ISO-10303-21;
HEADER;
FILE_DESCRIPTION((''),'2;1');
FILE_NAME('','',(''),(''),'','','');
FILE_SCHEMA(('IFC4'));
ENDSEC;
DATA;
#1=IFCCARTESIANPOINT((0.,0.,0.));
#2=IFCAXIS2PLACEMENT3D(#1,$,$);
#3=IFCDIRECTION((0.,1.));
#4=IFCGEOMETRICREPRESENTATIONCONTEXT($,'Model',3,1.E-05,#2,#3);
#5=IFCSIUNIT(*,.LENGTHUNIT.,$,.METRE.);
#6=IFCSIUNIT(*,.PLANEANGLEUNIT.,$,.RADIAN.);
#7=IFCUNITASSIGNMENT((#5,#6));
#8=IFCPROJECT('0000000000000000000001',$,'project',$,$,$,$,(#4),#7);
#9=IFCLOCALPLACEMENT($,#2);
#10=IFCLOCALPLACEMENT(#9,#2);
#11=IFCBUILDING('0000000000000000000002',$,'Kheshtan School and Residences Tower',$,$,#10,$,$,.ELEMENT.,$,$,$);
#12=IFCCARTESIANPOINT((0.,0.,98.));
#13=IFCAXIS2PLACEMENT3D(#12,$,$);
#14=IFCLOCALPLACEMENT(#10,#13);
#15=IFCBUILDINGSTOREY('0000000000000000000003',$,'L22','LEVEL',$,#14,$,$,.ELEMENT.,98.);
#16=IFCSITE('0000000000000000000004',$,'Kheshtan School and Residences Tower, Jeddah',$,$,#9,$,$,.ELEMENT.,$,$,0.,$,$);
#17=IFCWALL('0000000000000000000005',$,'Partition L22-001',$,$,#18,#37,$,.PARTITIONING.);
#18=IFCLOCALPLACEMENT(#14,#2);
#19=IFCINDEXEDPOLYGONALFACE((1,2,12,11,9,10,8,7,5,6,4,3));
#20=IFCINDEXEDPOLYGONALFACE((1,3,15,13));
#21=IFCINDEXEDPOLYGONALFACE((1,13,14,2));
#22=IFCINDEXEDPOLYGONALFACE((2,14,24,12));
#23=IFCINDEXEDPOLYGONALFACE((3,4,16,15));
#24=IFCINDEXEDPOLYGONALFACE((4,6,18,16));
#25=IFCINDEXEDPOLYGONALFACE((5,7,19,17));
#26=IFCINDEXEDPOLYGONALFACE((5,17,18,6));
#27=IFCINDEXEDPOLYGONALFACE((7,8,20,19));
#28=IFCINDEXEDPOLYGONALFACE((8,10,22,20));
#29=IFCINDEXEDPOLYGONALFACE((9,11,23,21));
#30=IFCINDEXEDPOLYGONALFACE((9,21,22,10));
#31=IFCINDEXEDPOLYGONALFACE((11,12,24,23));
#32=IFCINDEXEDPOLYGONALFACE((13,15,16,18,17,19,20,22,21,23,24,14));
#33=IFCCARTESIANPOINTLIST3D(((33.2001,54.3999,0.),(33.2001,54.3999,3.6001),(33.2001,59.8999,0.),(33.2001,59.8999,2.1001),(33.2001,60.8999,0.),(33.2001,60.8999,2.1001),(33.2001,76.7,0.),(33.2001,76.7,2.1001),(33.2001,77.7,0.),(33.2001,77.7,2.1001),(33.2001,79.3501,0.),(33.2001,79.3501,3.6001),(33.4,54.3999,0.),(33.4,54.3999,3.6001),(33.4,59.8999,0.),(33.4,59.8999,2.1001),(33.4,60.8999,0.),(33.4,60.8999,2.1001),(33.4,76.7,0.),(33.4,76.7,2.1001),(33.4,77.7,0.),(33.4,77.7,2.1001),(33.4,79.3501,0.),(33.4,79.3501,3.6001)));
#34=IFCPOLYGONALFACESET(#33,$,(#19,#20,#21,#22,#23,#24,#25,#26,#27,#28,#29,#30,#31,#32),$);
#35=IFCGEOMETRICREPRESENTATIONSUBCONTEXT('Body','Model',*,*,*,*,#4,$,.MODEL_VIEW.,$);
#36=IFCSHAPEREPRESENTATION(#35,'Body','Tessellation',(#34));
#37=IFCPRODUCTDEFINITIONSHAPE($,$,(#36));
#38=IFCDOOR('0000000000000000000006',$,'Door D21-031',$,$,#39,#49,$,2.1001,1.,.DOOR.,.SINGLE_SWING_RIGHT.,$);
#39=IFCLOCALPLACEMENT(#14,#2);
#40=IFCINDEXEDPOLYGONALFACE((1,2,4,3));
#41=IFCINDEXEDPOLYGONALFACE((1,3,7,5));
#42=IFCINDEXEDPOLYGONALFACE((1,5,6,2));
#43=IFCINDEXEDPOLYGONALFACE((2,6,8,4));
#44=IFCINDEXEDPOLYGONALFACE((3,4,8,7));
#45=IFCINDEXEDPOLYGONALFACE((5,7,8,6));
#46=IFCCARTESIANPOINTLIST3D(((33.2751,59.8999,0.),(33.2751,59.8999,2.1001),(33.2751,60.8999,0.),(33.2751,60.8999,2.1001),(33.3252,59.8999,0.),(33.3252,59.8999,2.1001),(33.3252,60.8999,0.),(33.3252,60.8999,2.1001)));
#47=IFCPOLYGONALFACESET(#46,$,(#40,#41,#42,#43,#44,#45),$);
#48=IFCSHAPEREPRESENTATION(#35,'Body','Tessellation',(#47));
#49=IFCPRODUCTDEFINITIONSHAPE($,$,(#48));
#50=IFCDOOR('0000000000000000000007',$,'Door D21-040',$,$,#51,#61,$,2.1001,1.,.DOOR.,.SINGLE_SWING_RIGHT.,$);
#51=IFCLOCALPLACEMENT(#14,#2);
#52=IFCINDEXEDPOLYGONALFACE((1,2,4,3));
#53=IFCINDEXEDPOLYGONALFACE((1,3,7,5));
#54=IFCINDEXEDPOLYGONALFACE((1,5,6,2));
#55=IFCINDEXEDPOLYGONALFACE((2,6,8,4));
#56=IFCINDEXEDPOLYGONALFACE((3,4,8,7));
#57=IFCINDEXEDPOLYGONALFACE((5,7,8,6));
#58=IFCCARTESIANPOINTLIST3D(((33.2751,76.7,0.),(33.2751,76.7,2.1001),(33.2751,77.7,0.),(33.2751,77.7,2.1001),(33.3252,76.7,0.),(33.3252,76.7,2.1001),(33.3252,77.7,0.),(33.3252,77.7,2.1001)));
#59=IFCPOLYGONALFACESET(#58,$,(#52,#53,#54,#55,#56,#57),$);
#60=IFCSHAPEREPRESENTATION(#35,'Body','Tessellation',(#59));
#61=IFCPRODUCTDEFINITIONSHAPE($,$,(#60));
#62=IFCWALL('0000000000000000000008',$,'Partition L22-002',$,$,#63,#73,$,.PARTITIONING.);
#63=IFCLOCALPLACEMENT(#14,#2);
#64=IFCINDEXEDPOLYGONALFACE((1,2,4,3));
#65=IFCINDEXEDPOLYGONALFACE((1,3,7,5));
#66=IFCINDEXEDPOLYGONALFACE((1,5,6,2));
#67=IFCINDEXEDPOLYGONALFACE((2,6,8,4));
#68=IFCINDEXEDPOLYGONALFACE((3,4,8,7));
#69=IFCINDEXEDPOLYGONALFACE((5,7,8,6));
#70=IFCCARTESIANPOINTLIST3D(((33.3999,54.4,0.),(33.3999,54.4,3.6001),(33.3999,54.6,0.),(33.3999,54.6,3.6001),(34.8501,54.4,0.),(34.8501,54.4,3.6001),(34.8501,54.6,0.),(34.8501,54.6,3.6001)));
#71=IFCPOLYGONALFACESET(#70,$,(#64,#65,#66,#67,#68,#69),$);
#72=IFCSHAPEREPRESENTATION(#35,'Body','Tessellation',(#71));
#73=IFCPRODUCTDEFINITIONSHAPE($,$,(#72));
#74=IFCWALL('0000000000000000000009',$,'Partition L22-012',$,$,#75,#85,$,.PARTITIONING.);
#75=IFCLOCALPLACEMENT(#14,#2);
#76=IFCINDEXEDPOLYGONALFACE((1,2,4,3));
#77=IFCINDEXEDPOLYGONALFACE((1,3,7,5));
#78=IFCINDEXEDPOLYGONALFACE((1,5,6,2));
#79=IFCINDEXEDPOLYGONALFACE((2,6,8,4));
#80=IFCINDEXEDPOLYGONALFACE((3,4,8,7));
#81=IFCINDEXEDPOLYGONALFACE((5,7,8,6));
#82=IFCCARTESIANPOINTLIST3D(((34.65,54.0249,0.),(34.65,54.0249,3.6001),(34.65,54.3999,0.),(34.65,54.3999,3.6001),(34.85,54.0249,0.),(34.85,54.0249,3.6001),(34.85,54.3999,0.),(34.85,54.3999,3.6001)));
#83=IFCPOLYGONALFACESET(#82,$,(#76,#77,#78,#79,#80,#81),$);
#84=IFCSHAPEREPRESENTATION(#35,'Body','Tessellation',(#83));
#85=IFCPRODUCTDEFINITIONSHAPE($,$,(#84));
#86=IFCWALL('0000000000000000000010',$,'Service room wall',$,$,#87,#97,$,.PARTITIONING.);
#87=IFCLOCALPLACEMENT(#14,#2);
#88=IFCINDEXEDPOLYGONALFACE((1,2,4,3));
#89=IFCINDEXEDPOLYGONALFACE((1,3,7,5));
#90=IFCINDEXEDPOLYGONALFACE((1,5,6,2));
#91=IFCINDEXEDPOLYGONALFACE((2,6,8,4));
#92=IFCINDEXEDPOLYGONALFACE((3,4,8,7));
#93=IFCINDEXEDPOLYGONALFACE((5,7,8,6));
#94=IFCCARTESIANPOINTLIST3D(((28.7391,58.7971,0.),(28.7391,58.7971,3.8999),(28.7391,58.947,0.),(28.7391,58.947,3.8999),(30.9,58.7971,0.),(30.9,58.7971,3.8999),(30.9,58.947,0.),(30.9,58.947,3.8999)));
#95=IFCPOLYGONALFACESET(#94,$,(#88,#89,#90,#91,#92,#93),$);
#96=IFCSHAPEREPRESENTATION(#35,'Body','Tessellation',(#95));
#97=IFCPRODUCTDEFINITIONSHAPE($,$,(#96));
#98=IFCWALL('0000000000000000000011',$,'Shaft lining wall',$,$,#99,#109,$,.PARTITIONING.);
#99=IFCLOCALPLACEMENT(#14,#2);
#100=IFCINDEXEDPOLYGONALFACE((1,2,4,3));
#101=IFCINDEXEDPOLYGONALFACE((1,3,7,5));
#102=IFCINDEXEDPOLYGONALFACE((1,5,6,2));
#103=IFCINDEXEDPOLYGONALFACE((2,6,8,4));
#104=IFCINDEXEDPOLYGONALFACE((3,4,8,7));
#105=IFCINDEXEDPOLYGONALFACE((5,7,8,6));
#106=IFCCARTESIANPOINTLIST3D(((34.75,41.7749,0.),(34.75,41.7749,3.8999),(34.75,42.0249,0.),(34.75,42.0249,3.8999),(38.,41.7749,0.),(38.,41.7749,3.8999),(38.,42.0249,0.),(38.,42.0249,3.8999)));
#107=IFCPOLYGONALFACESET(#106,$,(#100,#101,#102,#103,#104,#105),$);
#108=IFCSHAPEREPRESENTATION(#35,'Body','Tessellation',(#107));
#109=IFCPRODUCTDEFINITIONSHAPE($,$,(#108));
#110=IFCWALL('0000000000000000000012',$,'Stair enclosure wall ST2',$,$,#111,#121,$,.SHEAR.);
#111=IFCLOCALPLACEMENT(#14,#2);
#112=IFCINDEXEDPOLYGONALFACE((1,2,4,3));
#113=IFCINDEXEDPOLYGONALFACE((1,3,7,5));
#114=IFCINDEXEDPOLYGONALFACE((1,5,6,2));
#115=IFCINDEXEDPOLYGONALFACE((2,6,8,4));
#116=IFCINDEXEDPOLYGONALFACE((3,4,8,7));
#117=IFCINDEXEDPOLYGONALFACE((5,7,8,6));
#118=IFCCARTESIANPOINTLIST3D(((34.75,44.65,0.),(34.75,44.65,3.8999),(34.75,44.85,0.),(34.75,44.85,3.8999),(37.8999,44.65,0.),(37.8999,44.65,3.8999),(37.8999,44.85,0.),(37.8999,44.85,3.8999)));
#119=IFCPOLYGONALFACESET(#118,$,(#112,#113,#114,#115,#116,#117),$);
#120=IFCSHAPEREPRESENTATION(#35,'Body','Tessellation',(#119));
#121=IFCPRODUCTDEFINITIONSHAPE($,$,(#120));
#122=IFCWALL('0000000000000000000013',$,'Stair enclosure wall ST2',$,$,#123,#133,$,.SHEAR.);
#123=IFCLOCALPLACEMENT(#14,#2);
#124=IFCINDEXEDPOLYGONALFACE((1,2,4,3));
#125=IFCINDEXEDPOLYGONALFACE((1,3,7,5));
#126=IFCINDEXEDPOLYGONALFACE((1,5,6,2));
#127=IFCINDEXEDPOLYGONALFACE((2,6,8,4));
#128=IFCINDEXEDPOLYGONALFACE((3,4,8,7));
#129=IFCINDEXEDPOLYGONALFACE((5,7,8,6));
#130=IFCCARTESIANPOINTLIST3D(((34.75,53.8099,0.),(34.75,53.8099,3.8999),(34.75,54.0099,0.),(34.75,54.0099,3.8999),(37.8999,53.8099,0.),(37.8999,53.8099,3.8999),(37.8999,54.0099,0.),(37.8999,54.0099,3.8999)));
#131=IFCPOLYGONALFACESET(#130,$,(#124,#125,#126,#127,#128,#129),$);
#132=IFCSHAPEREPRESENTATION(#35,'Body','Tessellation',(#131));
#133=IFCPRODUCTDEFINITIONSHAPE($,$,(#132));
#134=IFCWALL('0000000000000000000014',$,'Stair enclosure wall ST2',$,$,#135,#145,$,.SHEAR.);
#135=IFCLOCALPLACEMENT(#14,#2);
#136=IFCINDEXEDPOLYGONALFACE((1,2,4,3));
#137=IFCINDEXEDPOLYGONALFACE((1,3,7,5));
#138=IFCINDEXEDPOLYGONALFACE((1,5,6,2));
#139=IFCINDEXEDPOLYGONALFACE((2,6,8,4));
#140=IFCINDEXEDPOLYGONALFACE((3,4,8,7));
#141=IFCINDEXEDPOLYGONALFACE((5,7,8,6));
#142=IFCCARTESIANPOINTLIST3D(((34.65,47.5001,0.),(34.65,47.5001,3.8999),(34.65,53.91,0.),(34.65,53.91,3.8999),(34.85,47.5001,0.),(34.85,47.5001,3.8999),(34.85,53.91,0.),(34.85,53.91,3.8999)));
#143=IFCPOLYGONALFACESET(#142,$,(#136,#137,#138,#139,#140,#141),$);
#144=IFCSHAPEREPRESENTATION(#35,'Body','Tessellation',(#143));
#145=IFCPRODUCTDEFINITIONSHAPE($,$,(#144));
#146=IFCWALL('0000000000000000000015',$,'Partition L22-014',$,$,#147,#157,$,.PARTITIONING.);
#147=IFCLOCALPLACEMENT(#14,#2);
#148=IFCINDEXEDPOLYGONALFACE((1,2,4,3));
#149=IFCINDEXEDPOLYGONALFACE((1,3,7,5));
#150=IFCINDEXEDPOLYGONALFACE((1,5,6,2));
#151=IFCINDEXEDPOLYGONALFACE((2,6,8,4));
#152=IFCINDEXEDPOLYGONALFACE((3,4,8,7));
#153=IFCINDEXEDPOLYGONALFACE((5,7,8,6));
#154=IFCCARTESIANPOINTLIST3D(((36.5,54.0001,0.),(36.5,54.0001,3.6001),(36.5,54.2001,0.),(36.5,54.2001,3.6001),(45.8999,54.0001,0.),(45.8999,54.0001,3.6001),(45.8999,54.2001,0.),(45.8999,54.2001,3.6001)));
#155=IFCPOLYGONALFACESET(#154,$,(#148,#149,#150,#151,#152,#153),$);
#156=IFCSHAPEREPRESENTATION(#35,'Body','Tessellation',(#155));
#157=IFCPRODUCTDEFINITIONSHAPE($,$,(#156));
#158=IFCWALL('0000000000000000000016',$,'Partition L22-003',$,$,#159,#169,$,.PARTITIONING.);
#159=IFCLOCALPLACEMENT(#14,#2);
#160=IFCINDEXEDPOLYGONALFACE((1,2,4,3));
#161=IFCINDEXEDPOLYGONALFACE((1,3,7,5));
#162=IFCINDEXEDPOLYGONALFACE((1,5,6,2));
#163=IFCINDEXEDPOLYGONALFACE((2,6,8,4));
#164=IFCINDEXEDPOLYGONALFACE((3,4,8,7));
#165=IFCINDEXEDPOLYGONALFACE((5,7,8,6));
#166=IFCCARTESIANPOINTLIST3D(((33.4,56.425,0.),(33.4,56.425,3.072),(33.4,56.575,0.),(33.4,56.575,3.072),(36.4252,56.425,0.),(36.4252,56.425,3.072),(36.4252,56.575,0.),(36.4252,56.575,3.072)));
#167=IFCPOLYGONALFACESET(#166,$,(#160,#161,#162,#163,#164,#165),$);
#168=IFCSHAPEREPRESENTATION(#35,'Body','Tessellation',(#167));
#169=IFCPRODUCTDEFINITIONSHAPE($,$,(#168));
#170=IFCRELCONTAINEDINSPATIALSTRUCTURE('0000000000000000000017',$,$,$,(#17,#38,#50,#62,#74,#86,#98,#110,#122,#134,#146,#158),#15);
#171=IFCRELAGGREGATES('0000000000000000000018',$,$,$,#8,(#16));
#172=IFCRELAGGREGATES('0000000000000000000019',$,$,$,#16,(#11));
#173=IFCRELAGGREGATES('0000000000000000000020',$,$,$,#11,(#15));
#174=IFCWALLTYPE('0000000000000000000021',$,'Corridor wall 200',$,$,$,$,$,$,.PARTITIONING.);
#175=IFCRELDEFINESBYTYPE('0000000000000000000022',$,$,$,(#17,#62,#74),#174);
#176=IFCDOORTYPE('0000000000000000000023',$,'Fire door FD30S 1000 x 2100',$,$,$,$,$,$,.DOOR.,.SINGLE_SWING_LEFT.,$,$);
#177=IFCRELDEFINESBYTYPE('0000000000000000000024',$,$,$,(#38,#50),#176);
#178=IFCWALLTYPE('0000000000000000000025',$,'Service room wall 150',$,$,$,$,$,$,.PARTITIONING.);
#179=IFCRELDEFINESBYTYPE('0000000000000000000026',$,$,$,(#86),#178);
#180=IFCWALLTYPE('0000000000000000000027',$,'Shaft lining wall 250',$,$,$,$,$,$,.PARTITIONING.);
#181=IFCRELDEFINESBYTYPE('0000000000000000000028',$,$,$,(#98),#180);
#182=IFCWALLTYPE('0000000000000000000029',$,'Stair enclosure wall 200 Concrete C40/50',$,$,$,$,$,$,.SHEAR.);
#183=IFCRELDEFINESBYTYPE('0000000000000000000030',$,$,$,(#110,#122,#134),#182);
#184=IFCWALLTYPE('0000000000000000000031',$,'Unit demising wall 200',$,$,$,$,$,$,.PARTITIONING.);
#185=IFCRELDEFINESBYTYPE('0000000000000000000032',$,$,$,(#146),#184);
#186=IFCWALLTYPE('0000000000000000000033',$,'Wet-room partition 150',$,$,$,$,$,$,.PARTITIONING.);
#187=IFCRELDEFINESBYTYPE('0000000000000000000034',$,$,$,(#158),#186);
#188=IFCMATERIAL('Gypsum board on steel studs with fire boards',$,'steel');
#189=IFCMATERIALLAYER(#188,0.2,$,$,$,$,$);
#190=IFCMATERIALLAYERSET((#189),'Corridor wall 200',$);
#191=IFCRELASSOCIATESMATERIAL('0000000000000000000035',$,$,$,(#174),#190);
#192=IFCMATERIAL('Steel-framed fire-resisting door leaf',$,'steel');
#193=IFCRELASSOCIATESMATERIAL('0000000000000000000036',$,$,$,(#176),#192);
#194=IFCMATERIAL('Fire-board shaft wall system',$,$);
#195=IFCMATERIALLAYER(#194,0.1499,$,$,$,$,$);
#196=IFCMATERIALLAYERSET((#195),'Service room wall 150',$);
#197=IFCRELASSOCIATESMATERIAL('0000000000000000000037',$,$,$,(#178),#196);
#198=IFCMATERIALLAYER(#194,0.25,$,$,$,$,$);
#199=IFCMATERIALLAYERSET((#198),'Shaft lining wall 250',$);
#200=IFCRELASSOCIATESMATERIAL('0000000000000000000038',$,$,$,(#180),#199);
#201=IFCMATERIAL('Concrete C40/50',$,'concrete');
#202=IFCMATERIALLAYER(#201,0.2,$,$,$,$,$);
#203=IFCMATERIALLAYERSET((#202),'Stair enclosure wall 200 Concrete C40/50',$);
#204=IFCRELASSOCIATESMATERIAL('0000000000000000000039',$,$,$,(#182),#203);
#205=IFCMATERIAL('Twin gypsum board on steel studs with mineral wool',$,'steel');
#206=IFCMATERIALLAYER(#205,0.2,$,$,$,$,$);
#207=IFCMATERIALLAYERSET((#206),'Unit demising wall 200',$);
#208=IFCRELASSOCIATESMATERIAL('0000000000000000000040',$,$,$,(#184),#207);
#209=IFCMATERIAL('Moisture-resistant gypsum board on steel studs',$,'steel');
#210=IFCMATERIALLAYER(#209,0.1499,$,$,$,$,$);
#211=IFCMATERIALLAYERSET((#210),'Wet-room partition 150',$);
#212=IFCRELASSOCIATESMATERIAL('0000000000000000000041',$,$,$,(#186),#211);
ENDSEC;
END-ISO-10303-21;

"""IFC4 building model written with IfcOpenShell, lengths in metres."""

from ifc_helpers import new_model, si_unit, direction, frame, frame_2d, origin, place, context, subcontext, project, spatial, rectangle, extrude, source, transform, mapped, material, layer, layer_set, type_object, element, fill, save


model = new_model("IFC4")

# Units and contexts
model_context = context("Model", 3, precision=1e-05, world=origin(), true_north=direction((0.0, 1.0)))
body_context = subcontext(model_context, "Body", "Model", "MODEL_VIEW")
ifc_project = project(units=[si_unit("LENGTHUNIT", "METRE"), si_unit("PLANEANGLEUNIT", "RADIAN")], contexts=[model_context])

# Site, building, storey
site_placement = place(None, origin())
site = spatial("IfcSite", under=ifc_project, at=site_placement, Name="Kheshtan School and Residences Tower, Jeddah", CompositionType="ELEMENT", RefElevation=0.0)
building_placement = place(site_placement, origin())
building = spatial("IfcBuilding", under=site, at=building_placement, Name="Kheshtan School and Residences Tower", CompositionType="ELEMENT")
storey_placement = place(building_placement, frame((0.0, 0.0, 98.0)))
storey = spatial("IfcBuildingStorey", under=building, at=storey_placement, Name="L22", Description="LEVEL", CompositionType="ELEMENT", Elevation=98.0)

# Wall, openings, doors
ifc_material_1 = material(Name="Gypsum board on steel studs with fire boards", Category="steel")
ifc_layer_1 = layer(ifc_material_1, 0.2)
ifc_layer_set_1 = layer_set([ifc_layer_1], Name="Corridor wall 200")
wall_type_1 = type_object("IfcWallType", Name="Corridor wall 200", PredefinedType="PARTITIONING", material=ifc_layer_set_1)
wall_1_placement = place(storey_placement, frame((33.3, 54.3999, 0.0), z_axis=(0.0, 0.0, 1.0), x_axis=(0.0, 1.0, 0.0)))
wall_1 = element("IfcWall", 1, at=wall_1_placement, inside=storey, type_object=wall_type_1, Name="Partition L22-001", PredefinedType="PARTITIONING", context=body_context, shape_type="SweptSolid", body=[
    extrude(rectangle(XDim=24.9502, YDim=0.2, at=frame_2d((12.4751, 0.0))), origin(), (0.0, 0.0, 1.0), 3.6001),
])
opening_1_placement = place(wall_1_placement, frame((5.5, 0.0, 0.0)))
opening_1 = element("IfcOpeningElement", 2, at=opening_1_placement, cuts=wall_1, PredefinedType="OPENING", context=body_context, shape_type="SweptSolid", body=[
    extrude(rectangle(XDim=1.0, YDim=2.1001, at=frame_2d((0.5, 1.05))), frame((0.0, 0.1099, 0.0), z_axis=(0.0, -1.0, 0.0), x_axis=(1.0, 0.0, 0.0)), (0.0, 0.0, 1.0), 0.22),
])
opening_2_placement = place(wall_1_placement, frame((22.3, 0.0, 0.0)))
opening_2 = element("IfcOpeningElement", 3, at=opening_2_placement, cuts=wall_1, PredefinedType="OPENING", context=body_context, shape_type="SweptSolid", body=[
    extrude(rectangle(XDim=1.0, YDim=2.1001, at=frame_2d((0.5, 1.05))), frame((0.0, 0.1099, 0.0), z_axis=(0.0, -1.0, 0.0), x_axis=(1.0, 0.0, 0.0)), (0.0, 0.0, 1.0), 0.22),
])
ifc_material_2 = material(Name="Steel-framed fire-resisting door leaf", Category="steel")
door_type = type_object("IfcDoorType", Name="Fire door FD30S 1000 x 2100", OperationType="SINGLE_SWING_LEFT", PredefinedType="DOOR", material=ifc_material_2)
shared_shape = source(origin(), body_context, "Body", "SweptSolid", [
    extrude(rectangle(XDim=1.0, YDim=2.1001, at=frame_2d((0.5, 1.05))), frame((0.0, 0.0249, 0.0), z_axis=(0.0, -1.0, 0.0), x_axis=(1.0, 0.0, 0.0)), (0.0, 0.0, 1.0), 0.05),
])
door_1_placement = place(opening_1_placement, origin())
door_1 = element("IfcDoor", 4, at=door_1_placement, inside=storey, type_object=door_type, Name="Door D21-031", OperationType="SINGLE_SWING_RIGHT", OverallHeight=2.1001, OverallWidth=1.0, PredefinedType="DOOR", context=body_context, shape_type="MappedRepresentation", body=[
    mapped(shared_shape, transform((0.0, 0.0, 0.0), x_axis=(1.0, 0.0, 0.0), y_axis=(0.0, 1.0, 0.0), z_axis=(0.0, 0.0, 1.0), scale=1.0)),
])
fill(opening_1, door_1)
door_2_placement = place(opening_2_placement, origin())
door_2 = element("IfcDoor", 5, at=door_2_placement, inside=storey, type_object=door_type, Name="Door D21-040", OperationType="SINGLE_SWING_RIGHT", OverallHeight=2.1001, OverallWidth=1.0, PredefinedType="DOOR", context=body_context, shape_type="MappedRepresentation", body=[
    mapped(shared_shape, transform((0.0, 0.0, 0.0), x_axis=(1.0, 0.0, 0.0), y_axis=(0.0, 1.0, 0.0), z_axis=(0.0, 0.0, 1.0), scale=1.0)),
])
fill(opening_2, door_2)

# Walls
wall_2_placement = place(storey_placement, frame((33.3999, 54.5, 0.0), z_axis=(0.0, 0.0, 1.0), x_axis=(1.0, 0.0, 0.0)))
element("IfcWall", 6, at=wall_2_placement, inside=storey, type_object=wall_type_1, Name="Partition L22-002", PredefinedType="PARTITIONING", context=body_context, shape_type="SweptSolid", body=[
    extrude(rectangle(XDim=1.4502, YDim=0.2, at=frame_2d((0.7251, 0.0))), origin(), (0.0, 0.0, 1.0), 3.6001),
])
wall_3_placement = place(storey_placement, frame((34.75, 54.0249, 0.0), z_axis=(0.0, 0.0, 1.0), x_axis=(0.0, 1.0, 0.0)))
element("IfcWall", 7, at=wall_3_placement, inside=storey, type_object=wall_type_1, Name="Partition L22-012", PredefinedType="PARTITIONING", context=body_context, shape_type="SweptSolid", body=[
    extrude(rectangle(XDim=0.375, YDim=0.2, at=frame_2d((0.1875, 0.0))), origin(), (0.0, 0.0, 1.0), 3.6001),
])
ifc_material_3 = material(Name="Fire-board shaft wall system")
ifc_layer_2 = layer(ifc_material_3, 0.1499)
ifc_layer_set_2 = layer_set([ifc_layer_2], Name="Service room wall 150")
wall_type_2 = type_object("IfcWallType", Name="Service room wall 150", PredefinedType="PARTITIONING", material=ifc_layer_set_2)
wall_4_placement = place(storey_placement, frame((28.739, 58.8721, 0.0), z_axis=(0.0, 0.0, 1.0), x_axis=(1.0, 0.0, 0.0)))
element("IfcWall", 8, at=wall_4_placement, inside=storey, type_object=wall_type_2, Name="Service room wall", PredefinedType="PARTITIONING", context=body_context, shape_type="SweptSolid", body=[
    extrude(rectangle(XDim=2.1609, YDim=0.1499, at=frame_2d((1.0806, 0.0))), origin(), (0.0, 0.0, 1.0), 3.8999),
])
ifc_layer_3 = layer(ifc_material_3, 0.25)
ifc_layer_set_3 = layer_set([ifc_layer_3], Name="Shaft lining wall 250")
wall_type_3 = type_object("IfcWallType", Name="Shaft lining wall 250", PredefinedType="PARTITIONING", material=ifc_layer_set_3)
wall_5_placement = place(storey_placement, frame((34.75, 41.8999, 0.0), z_axis=(0.0, 0.0, 1.0), x_axis=(1.0, 0.0, 0.0)))
element("IfcWall", 9, at=wall_5_placement, inside=storey, type_object=wall_type_3, Name="Shaft lining wall", PredefinedType="PARTITIONING", context=body_context, shape_type="SweptSolid", body=[
    extrude(rectangle(XDim=3.25, YDim=0.25, at=frame_2d((1.625, 0.0))), origin(), (0.0, 0.0, 1.0), 3.8999),
])
ifc_material_4 = material(Name="Concrete C40/50", Category="concrete")
ifc_layer_4 = layer(ifc_material_4, 0.2)
ifc_layer_set_4 = layer_set([ifc_layer_4], Name="Stair enclosure wall 200 Concrete C40/50")
wall_type_4 = type_object("IfcWallType", Name="Stair enclosure wall 200 Concrete C40/50", PredefinedType="SHEAR", material=ifc_layer_set_4)
for number, where, z_axis, x_axis, name in (
    (10, (34.75, 44.75, 0.0), (0.0, 0.0, 1.0), (1.0, 0.0, 0.0), "Stair enclosure wall ST2"),
    (11, (34.75, 53.9099, 0.0), (0.0, 0.0, 1.0), (1.0, 0.0, 0.0), "Stair enclosure wall ST2"),
):
    element("IfcWall", number, at=place(storey_placement, frame(where, z_axis=z_axis, x_axis=x_axis)), inside=storey, type_object=wall_type_4, Name=name, PredefinedType="SHEAR", context=body_context, shape_type="SweptSolid", body=[
        extrude(rectangle(XDim=3.1499, YDim=0.2, at=frame_2d((1.575, 0.0))), origin(), (0.0, 0.0, 1.0), 3.8999),
    ])
wall_6_placement = place(storey_placement, frame((34.75, 47.5, 0.0), z_axis=(0.0, 0.0, 1.0), x_axis=(0.0, 1.0, 0.0)))
element("IfcWall", 12, at=wall_6_placement, inside=storey, type_object=wall_type_4, Name="Stair enclosure wall ST2", PredefinedType="SHEAR", context=body_context, shape_type="SweptSolid", body=[
    extrude(rectangle(XDim=6.4099, YDim=0.2, at=frame_2d((3.2051, 0.0))), origin(), (0.0, 0.0, 1.0), 3.8999),
])
ifc_material_5 = material(Name="Twin gypsum board on steel studs with mineral wool", Category="steel")
ifc_layer_5 = layer(ifc_material_5, 0.2)
ifc_layer_set_5 = layer_set([ifc_layer_5], Name="Unit demising wall 200")
wall_type_5 = type_object("IfcWallType", Name="Unit demising wall 200", PredefinedType="PARTITIONING", material=ifc_layer_set_5)
wall_7_placement = place(storey_placement, frame((36.5, 54.1001, 0.0), z_axis=(0.0, 0.0, 1.0), x_axis=(1.0, 0.0, 0.0)))
element("IfcWall", 13, at=wall_7_placement, inside=storey, type_object=wall_type_5, Name="Partition L22-014", PredefinedType="PARTITIONING", context=body_context, shape_type="SweptSolid", body=[
    extrude(rectangle(XDim=9.3999, YDim=0.2, at=frame_2d((4.7, 0.0))), origin(), (0.0, 0.0, 1.0), 3.6001),
])
ifc_material_6 = material(Name="Moisture-resistant gypsum board on steel studs", Category="steel")
ifc_layer_6 = layer(ifc_material_6, 0.1499)
ifc_layer_set_6 = layer_set([ifc_layer_6], Name="Wet-room partition 150")
wall_type_6 = type_object("IfcWallType", Name="Wet-room partition 150", PredefinedType="PARTITIONING", material=ifc_layer_set_6)
wall_8_placement = place(storey_placement, frame((33.3999, 56.5, 0.0), z_axis=(0.0, 0.0, 1.0), x_axis=(1.0, 0.0, 0.0)))
element("IfcWall", 14, at=wall_8_placement, inside=storey, type_object=wall_type_6, Name="Partition L22-003", PredefinedType="PARTITIONING", context=body_context, shape_type="SweptSolid", body=[
    extrude(rectangle(XDim=3.0251, YDim=0.1499, at=frame_2d((1.5127, 0.0))), origin(), (0.0, 0.0, 1.0), 3.072),
])

save(model, "model.ifc")
